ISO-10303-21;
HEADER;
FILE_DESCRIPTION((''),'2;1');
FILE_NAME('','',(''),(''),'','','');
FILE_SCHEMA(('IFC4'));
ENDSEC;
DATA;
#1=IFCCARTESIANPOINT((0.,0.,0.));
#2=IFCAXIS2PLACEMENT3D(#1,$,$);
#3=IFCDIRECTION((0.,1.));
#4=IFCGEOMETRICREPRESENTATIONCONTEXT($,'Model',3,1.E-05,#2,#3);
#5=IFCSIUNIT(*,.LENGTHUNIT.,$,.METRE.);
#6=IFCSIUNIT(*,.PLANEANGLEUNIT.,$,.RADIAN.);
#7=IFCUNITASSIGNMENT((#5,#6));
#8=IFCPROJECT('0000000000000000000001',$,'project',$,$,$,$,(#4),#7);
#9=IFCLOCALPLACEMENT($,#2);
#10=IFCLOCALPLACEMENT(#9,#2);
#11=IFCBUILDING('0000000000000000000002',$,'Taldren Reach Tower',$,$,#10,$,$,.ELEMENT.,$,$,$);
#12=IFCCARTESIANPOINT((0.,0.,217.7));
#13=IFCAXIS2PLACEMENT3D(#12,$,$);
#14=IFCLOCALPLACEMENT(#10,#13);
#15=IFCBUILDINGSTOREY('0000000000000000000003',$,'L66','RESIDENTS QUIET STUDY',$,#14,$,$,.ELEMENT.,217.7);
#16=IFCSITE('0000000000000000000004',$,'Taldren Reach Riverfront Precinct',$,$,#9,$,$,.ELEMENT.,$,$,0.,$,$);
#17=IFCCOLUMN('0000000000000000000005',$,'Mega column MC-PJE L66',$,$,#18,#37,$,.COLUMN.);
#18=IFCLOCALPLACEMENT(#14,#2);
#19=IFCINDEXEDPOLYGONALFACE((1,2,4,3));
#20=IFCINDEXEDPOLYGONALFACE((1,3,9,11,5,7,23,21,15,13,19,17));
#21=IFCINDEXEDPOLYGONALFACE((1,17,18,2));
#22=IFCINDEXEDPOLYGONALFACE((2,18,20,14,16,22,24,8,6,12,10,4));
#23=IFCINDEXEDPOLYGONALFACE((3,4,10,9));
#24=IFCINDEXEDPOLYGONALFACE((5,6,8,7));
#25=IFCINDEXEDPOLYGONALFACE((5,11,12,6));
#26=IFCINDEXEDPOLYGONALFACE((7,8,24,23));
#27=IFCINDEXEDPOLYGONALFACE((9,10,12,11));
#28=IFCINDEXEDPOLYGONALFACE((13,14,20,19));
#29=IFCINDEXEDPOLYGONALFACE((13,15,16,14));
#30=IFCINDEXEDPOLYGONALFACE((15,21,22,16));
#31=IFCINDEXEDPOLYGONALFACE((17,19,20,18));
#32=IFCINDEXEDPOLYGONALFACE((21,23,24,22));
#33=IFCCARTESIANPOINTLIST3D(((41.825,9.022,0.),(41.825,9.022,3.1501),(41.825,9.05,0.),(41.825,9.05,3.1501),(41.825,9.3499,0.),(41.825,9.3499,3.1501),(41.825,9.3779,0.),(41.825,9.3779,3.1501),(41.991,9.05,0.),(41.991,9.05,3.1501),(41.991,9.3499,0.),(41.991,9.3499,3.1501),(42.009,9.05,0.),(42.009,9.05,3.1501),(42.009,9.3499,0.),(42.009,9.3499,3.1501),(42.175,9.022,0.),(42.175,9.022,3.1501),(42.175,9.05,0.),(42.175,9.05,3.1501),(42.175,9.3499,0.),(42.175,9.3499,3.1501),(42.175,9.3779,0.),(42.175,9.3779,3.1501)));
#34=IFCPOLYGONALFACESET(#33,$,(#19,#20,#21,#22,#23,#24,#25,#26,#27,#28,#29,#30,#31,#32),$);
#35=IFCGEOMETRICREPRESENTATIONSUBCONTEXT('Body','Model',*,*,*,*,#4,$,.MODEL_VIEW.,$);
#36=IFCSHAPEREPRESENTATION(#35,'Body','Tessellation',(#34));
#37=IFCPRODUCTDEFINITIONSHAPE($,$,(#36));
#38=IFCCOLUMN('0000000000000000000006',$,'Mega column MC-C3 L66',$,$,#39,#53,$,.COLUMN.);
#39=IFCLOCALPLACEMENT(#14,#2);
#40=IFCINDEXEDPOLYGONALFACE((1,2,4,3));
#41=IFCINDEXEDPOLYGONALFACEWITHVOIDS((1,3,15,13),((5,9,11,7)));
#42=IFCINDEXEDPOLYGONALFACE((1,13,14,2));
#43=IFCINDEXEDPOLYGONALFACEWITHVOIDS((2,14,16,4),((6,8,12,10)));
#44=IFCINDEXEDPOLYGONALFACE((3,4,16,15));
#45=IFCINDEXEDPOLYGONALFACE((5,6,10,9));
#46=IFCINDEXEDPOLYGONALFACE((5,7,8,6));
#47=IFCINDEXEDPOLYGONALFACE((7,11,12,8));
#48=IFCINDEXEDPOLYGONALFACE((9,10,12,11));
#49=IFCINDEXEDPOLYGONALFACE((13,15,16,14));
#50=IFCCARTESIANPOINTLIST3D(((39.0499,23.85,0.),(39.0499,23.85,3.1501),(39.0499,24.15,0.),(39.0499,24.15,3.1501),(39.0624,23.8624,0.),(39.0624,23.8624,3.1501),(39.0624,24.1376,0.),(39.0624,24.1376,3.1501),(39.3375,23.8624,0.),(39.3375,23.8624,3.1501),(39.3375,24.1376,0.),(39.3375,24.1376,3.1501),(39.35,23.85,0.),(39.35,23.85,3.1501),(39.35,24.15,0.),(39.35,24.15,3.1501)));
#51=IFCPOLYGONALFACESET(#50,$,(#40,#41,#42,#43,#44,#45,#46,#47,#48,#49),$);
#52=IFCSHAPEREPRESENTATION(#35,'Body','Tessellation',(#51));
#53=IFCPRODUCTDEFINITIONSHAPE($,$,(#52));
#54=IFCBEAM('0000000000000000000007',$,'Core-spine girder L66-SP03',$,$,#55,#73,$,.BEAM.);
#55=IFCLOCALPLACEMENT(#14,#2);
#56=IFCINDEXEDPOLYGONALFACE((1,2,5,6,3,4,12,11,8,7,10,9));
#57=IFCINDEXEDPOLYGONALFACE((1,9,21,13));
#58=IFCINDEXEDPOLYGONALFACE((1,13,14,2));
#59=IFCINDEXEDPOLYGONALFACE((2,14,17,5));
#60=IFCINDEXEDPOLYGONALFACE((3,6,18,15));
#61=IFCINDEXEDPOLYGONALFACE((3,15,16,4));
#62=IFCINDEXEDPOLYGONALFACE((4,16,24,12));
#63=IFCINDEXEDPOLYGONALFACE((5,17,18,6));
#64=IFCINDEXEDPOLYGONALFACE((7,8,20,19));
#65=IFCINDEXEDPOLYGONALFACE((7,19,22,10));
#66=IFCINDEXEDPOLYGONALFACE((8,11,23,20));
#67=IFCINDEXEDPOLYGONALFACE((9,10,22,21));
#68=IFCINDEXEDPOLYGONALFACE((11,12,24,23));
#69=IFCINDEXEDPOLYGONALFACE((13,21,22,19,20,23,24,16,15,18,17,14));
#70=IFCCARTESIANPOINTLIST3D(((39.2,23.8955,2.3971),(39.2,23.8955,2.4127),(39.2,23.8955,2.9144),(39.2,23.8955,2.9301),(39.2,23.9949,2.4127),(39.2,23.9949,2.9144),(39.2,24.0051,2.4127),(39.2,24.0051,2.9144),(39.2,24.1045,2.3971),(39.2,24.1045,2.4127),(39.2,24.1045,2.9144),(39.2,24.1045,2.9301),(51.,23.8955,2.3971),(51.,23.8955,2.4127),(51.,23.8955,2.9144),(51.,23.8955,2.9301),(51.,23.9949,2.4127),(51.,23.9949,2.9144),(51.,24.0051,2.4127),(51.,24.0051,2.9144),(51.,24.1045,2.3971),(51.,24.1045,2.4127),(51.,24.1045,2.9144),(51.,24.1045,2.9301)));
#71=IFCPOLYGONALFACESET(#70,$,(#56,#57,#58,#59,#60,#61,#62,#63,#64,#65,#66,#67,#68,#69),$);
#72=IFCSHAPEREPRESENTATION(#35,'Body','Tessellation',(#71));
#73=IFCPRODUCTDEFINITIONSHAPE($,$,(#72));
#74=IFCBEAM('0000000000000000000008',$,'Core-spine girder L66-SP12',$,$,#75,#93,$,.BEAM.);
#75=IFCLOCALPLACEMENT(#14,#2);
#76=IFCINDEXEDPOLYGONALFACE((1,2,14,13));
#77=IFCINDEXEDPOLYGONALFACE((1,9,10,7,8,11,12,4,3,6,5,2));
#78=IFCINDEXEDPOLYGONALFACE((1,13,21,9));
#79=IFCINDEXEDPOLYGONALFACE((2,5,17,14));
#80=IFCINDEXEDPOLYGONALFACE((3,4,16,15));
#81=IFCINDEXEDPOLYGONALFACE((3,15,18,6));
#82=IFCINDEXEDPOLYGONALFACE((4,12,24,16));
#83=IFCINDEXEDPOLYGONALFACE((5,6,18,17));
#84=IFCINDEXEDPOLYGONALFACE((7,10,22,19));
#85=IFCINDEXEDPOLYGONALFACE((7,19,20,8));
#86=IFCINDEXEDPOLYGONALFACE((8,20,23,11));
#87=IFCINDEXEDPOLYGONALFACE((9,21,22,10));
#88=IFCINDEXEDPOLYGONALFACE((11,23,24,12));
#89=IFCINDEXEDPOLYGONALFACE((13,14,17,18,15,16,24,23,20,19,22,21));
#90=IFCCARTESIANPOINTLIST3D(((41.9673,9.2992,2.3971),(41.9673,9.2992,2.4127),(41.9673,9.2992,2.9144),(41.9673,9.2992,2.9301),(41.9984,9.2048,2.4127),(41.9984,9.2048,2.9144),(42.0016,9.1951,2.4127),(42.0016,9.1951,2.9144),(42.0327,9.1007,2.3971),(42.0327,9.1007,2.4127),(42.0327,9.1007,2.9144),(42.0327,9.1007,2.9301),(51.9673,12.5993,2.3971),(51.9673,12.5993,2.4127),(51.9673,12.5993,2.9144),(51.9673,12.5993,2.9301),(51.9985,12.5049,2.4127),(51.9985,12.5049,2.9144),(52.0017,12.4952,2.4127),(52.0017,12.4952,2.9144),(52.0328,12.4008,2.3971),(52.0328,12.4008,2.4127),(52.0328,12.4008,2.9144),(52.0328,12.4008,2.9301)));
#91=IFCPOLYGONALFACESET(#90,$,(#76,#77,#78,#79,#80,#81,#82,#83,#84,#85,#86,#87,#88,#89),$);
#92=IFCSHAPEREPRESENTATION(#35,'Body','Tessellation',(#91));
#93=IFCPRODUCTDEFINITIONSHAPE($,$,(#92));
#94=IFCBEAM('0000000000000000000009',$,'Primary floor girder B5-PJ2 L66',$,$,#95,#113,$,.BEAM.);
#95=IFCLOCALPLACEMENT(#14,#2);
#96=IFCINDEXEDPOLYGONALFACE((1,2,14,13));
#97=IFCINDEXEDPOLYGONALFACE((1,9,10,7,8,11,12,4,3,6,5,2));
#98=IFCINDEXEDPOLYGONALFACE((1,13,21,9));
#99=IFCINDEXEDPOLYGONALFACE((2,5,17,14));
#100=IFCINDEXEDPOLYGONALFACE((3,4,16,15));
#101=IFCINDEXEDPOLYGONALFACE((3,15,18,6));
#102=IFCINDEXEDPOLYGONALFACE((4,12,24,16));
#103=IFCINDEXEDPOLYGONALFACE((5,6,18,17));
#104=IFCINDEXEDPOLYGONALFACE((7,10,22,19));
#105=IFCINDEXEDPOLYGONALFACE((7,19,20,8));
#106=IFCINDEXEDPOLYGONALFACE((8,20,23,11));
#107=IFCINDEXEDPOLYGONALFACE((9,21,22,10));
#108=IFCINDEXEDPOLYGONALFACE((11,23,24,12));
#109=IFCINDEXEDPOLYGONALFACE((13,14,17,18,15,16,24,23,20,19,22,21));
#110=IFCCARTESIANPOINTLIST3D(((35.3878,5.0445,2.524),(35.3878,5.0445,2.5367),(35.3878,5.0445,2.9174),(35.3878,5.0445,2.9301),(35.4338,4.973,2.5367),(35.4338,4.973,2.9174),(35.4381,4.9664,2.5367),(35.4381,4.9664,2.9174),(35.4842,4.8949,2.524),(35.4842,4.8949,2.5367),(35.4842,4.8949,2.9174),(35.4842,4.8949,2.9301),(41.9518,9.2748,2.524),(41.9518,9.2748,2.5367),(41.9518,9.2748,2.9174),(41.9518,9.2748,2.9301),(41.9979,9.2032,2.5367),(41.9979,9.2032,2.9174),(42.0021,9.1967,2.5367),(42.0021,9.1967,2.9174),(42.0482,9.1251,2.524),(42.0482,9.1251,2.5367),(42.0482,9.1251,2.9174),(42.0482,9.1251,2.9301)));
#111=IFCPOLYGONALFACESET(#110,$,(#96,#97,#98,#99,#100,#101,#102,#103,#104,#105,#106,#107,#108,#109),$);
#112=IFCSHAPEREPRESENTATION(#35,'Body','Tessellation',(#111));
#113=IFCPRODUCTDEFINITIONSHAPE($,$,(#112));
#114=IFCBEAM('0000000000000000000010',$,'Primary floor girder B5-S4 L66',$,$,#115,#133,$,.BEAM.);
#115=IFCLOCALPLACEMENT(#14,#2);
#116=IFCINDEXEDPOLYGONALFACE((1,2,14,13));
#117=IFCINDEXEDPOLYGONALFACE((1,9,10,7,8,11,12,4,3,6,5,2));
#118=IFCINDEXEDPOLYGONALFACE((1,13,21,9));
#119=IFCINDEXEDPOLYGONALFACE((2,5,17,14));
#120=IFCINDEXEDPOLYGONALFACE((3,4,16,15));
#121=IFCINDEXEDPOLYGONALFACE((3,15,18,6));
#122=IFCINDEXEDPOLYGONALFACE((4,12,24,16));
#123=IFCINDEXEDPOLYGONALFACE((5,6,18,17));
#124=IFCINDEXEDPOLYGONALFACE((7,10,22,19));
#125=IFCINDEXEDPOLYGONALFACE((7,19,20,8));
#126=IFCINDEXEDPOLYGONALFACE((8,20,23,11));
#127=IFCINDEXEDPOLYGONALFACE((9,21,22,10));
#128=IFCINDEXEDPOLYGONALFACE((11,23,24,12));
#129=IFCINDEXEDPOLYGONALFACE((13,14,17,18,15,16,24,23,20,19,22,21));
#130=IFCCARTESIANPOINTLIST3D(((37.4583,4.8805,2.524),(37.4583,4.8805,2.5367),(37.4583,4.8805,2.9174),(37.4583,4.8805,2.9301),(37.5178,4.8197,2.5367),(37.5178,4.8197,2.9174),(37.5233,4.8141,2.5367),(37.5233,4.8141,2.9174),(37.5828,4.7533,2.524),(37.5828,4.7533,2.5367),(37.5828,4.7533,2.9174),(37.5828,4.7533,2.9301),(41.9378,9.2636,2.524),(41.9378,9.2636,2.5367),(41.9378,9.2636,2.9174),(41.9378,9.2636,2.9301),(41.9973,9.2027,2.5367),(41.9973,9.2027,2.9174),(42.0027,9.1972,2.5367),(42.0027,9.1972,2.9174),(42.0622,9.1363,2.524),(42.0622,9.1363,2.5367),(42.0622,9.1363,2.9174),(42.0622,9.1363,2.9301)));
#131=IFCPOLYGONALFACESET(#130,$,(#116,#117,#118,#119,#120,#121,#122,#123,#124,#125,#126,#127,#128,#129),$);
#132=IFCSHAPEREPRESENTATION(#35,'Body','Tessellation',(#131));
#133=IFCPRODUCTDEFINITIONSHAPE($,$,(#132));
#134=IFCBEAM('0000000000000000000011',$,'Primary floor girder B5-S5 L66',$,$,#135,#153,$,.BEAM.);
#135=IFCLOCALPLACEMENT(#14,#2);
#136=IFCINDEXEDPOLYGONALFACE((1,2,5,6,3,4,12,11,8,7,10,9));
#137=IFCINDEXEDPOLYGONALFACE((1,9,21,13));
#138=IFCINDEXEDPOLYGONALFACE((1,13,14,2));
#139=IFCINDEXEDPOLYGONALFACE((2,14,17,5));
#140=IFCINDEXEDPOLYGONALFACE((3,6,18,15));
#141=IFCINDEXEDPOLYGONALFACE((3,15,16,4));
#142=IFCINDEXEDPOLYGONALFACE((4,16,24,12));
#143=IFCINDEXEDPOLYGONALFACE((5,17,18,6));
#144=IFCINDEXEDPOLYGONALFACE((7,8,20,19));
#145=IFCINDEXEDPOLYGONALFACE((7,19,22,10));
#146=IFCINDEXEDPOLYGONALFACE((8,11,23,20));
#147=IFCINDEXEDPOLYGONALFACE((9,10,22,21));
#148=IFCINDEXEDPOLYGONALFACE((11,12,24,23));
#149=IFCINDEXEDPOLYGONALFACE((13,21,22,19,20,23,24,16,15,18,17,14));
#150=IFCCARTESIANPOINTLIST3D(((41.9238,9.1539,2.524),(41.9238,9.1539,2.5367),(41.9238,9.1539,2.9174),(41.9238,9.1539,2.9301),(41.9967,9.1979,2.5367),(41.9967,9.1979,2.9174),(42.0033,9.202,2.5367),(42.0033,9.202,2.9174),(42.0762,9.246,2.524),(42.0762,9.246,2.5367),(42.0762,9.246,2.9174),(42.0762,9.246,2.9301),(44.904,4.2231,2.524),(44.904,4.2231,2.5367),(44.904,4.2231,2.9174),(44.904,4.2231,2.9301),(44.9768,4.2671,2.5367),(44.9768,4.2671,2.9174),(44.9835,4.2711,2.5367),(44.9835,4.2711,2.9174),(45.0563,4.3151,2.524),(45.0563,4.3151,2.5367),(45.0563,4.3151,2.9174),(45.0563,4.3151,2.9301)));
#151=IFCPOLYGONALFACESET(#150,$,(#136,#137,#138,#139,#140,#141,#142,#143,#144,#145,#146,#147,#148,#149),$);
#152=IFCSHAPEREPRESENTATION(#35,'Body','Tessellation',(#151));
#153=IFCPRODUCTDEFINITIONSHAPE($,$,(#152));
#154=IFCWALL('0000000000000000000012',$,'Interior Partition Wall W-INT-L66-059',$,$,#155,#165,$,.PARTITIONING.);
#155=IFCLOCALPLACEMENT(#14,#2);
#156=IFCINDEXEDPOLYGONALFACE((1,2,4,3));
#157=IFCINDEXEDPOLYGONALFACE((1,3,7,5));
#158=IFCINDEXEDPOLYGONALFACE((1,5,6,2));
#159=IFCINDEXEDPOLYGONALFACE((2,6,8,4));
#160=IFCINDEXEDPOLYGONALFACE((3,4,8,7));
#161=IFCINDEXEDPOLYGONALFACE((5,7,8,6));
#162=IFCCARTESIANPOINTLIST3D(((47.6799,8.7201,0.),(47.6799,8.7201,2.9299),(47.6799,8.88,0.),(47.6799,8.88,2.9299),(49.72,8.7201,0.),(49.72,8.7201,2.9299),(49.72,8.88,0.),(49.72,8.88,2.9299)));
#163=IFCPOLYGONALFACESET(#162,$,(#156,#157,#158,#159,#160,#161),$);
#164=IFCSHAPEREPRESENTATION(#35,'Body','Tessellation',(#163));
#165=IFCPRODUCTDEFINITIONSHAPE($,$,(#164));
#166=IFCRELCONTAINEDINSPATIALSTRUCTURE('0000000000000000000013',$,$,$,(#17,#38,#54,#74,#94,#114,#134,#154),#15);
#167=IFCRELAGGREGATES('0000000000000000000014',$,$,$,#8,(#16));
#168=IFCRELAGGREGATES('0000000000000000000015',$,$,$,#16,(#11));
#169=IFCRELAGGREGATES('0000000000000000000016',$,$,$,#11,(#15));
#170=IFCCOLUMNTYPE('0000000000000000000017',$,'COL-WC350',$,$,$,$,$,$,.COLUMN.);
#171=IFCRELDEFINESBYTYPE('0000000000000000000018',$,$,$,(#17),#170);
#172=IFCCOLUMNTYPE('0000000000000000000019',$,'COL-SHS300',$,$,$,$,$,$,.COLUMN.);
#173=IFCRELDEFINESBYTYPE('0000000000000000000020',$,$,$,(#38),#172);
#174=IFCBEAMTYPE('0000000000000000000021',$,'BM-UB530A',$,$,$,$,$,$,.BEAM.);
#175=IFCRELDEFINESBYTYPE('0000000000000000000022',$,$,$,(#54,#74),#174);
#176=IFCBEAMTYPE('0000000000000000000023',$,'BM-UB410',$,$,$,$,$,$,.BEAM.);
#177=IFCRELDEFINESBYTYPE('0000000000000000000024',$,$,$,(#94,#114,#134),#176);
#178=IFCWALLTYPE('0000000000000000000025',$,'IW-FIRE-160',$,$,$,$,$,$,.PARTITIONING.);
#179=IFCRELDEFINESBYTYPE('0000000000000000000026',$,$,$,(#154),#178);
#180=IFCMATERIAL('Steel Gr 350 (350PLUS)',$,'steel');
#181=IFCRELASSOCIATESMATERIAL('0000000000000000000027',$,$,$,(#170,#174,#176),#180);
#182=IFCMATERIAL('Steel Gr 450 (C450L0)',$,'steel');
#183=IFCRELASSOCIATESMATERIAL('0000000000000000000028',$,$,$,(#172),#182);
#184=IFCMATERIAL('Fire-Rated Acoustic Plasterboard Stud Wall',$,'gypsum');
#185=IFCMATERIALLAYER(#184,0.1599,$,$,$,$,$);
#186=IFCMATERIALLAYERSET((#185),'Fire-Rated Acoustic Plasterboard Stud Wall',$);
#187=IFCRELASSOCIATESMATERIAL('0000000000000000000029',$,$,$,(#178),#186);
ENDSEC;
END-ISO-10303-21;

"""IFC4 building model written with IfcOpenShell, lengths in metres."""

from ifc_helpers import new_model, si_unit, direction, frame, frame_2d, origin, origin_2d, place, context, subcontext, project, spatial, rectangle, hollow_rectangle, i_section, extrude, source, transform, mapped, material, layer, layer_set, material_profile, profile_set, type_object, element, save


model = new_model("IFC4")

# Units and contexts
model_context = context("Model", 3, precision=1e-05, world=origin(), true_north=direction((0.0, 1.0)))
body_context = subcontext(model_context, "Body", "Model", "MODEL_VIEW")
ifc_project = project(units=[si_unit("LENGTHUNIT", "METRE"), si_unit("PLANEANGLEUNIT", "RADIAN")], contexts=[model_context])

# Site, building, storey
site_placement = place(None, origin())
site = spatial("IfcSite", under=ifc_project, at=site_placement, Name="Taldren Reach Riverfront Precinct", CompositionType="ELEMENT", RefElevation=0.0)
building_placement = place(site_placement, origin())
building = spatial("IfcBuilding", under=site, at=building_placement, Name="Taldren Reach Tower", CompositionType="ELEMENT")
storey_placement = place(building_placement, frame((0.0, 0.0, 217.7)))
storey = spatial("IfcBuildingStorey", under=building, at=storey_placement, Name="L66", Description="RESIDENTS QUIET STUDY", CompositionType="ELEMENT", Elevation=217.7)

# Columns
ifc_material_1 = material(Name="Steel Gr 350 (350PLUS)", Category="steel")
ifc_material_profile_1 = material_profile(ifc_material_1, i_section(OverallWidth=0.3501, OverallDepth=0.356, WebThickness=0.0181, FlangeThickness=0.0281, at=origin_2d()), Name="350WC197")
ifc_profile_set_1 = profile_set([ifc_material_profile_1], Name="Steel Gr 350 (350PLUS)")
column_type_1 = type_object("IfcColumnType", Name="COL-WC350", PredefinedType="COLUMN", material=ifc_profile_set_1)
shared_shape_1 = source(origin(), body_context, "Body", "SweptSolid", [
    extrude(i_section(OverallWidth=0.3501, OverallDepth=0.356, WebThickness=0.0181, FlangeThickness=0.0281, at=origin_2d()), origin(), (0.0, 0.0, 1.0), 3.1501),
])
column_1_placement = place(storey_placement, frame((42.0, 9.2, 0.0), z_axis=(0.0, 0.0, 1.0), x_axis=(1.0, 0.0, 0.0)))
element("IfcColumn", 1, at=column_1_placement, inside=storey, type_object=column_type_1, Name="Mega column MC-PJE L66", PredefinedType="COLUMN", context=body_context, shape_type="MappedRepresentation", body=[
    mapped(shared_shape_1, transform((0.0, 0.0, 0.0), scale=1.0)),
])
ifc_material_2 = material(Name="Steel Gr 450 (C450L0)", Category="steel")
ifc_material_profile_2 = material_profile(ifc_material_2, hollow_rectangle(XDim=0.3, YDim=0.3, WallThickness=0.0125, at=origin_2d()), Name="300x300x12.5SHS")
ifc_profile_set_2 = profile_set([ifc_material_profile_2], Name="Steel Gr 450 (C450L0)")
column_type_2 = type_object("IfcColumnType", Name="COL-SHS300", PredefinedType="COLUMN", material=ifc_profile_set_2)
shared_shape_2 = source(origin(), body_context, "Body", "SweptSolid", [
    extrude(hollow_rectangle(XDim=0.3, YDim=0.3, WallThickness=0.0125, at=origin_2d()), origin(), (0.0, 0.0, 1.0), 3.1501),
])
column_2_placement = place(storey_placement, frame((39.2, 24.0, 0.0), z_axis=(0.0, 0.0, 1.0), x_axis=(1.0, 0.0, 0.0)))
element("IfcColumn", 2, at=column_2_placement, inside=storey, type_object=column_type_2, Name="Mega column MC-C3 L66", PredefinedType="COLUMN", context=body_context, shape_type="MappedRepresentation", body=[
    mapped(shared_shape_2, transform((0.0, 0.0, 0.0), scale=1.0)),
])

# Beams
ifc_material_profile_3 = material_profile(ifc_material_1, i_section(OverallWidth=0.209, OverallDepth=0.533, WebThickness=0.0103, FlangeThickness=0.0156, at=origin_2d()), Name="530UB92.4")
ifc_profile_set_3 = profile_set([ifc_material_profile_3], Name="Steel Gr 350 (350PLUS)")
beam_type_1 = type_object("IfcBeamType", Name="BM-UB530A", PredefinedType="BEAM", material=ifc_profile_set_3)
shared_shape_3 = source(origin(), body_context, "Body", "SweptSolid", [
    extrude(i_section(OverallWidth=0.209, OverallDepth=0.533, WebThickness=0.0103, FlangeThickness=0.0156, at=origin_2d()), origin(), (0.0, 0.0, 1.0), 11.8),
])
beam_1_placement = place(storey_placement, frame((39.2, 24.0, 2.6636), z_axis=(1.0, 0.0, 0.0), x_axis=(0.0, 1.0, 0.0)))
element("IfcBeam", 3, at=beam_1_placement, inside=storey, type_object=beam_type_1, Name="Core-spine girder L66-SP03", PredefinedType="BEAM", context=body_context, shape_type="MappedRepresentation", body=[
    mapped(shared_shape_3, transform((0.0, 0.0, 0.0), scale=1.0)),
])
shared_shape_4 = source(origin(), body_context, "Body", "SweptSolid", [
    extrude(i_section(OverallWidth=0.209, OverallDepth=0.533, WebThickness=0.0103, FlangeThickness=0.0156, at=origin_2d()), origin(), (0.0, 0.0, 1.0), 10.5305),
])
beam_2_placement = place(storey_placement, frame((42.0, 9.2, 2.6636), z_axis=(0.949627, 0.313382, 0.0), x_axis=(-0.313382, 0.949627, 0.0)))
element("IfcBeam", 4, at=beam_2_placement, inside=storey, type_object=beam_type_1, Name="Core-spine girder L66-SP12", PredefinedType="BEAM", context=body_context, shape_type="MappedRepresentation", body=[
    mapped(shared_shape_4, transform((0.0, 0.0, 0.0), scale=1.0)),
])
ifc_material_profile_4 = material_profile(ifc_material_1, i_section(OverallWidth=0.178, OverallDepth=0.406, WebThickness=0.0078, FlangeThickness=0.0127, at=origin_2d()), Name="410UB59.7")
ifc_profile_set_4 = profile_set([ifc_material_profile_4], Name="Steel Gr 350 (350PLUS)")
beam_type_2 = type_object("IfcBeamType", Name="BM-UB410", PredefinedType="BEAM", material=ifc_profile_set_4)
shared_shape_5 = source(origin(), body_context, "Body", "SweptSolid", [
    extrude(i_section(OverallWidth=0.178, OverallDepth=0.406, WebThickness=0.0078, FlangeThickness=0.0127, at=origin_2d()), origin(), (0.0, 0.0, 1.0), 7.8091),
])
beam_3_placement = place(storey_placement, frame((42.0, 9.2, 2.7271), z_axis=(-0.840564, -0.541712, 0.0), x_axis=(0.541712, -0.840564, 0.0)))
element("IfcBeam", 5, at=beam_3_placement, inside=storey, type_object=beam_type_2, Name="Primary floor girder B5-PJ2 L66", PredefinedType="BEAM", context=body_context, shape_type="MappedRepresentation", body=[
    mapped(shared_shape_5, transform((0.0, 0.0, 0.0), scale=1.0)),
])
shared_shape_6 = source(origin(), body_context, "Body", "SweptSolid", [
    extrude(i_section(OverallWidth=0.178, OverallDepth=0.406, WebThickness=0.0078, FlangeThickness=0.0127, at=origin_2d()), origin(), (0.0, 0.0, 1.0), 6.2671),
])
beam_4_placement = place(storey_placement, frame((42.0, 9.2, 2.7271), z_axis=(-0.714759, -0.699371, 0.0), x_axis=(0.699371, -0.714759, 0.0)))
element("IfcBeam", 6, at=beam_4_placement, inside=storey, type_object=beam_type_2, Name="Primary floor girder B5-S4 L66", PredefinedType="BEAM", context=body_context, shape_type="MappedRepresentation", body=[
    mapped(shared_shape_6, transform((0.0, 0.0, 0.0), scale=1.0)),
])
shared_shape_7 = source(origin(), body_context, "Body", "SweptSolid", [
    extrude(i_section(OverallWidth=0.178, OverallDepth=0.406, WebThickness=0.0078, FlangeThickness=0.0127, at=origin_2d()), origin(), (0.0, 0.0, 1.0), 5.7615),
])
beam_5_placement = place(storey_placement, frame((42.0, 9.2, 2.7271), z_axis=(0.51726, -0.855828, 0.0), x_axis=(0.855828, 0.51726, 0.0)))
element("IfcBeam", 7, at=beam_5_placement, inside=storey, type_object=beam_type_2, Name="Primary floor girder B5-S5 L66", PredefinedType="BEAM", context=body_context, shape_type="MappedRepresentation", body=[
    mapped(shared_shape_7, transform((0.0, 0.0, 0.0), scale=1.0)),
])

# Wall
ifc_material_3 = material(Name="Fire-Rated Acoustic Plasterboard Stud Wall", Category="gypsum")
ifc_layer_1 = layer(ifc_material_3, 0.1599)
ifc_layer_set_1 = layer_set([ifc_layer_1], Name="Fire-Rated Acoustic Plasterboard Stud Wall")
wall_type_1 = type_object("IfcWallType", Name="IW-FIRE-160", PredefinedType="PARTITIONING", material=ifc_layer_set_1)
shared_shape_8 = source(origin(), body_context, "Body", "SweptSolid", [
    extrude(rectangle(XDim=2.04, YDim=0.1599, at=frame_2d((1.02, 0.0))), origin(), (0.0, 0.0, 1.0), 2.9299),
])
wall_1_placement = place(storey_placement, frame((49.72, 8.8, 0.0), z_axis=(0.0, 0.0, 1.0), x_axis=(-1.0, 0.0, 0.0)))
element("IfcWall", 8, at=wall_1_placement, inside=storey, type_object=wall_type_1, Name="Interior Partition Wall W-INT-L66-059", PredefinedType="PARTITIONING", context=body_context, shape_type="MappedRepresentation", body=[
    mapped(shared_shape_8, transform((0.0, 0.0, 0.0), scale=1.0)),
])

save(model, "model.ifc")
